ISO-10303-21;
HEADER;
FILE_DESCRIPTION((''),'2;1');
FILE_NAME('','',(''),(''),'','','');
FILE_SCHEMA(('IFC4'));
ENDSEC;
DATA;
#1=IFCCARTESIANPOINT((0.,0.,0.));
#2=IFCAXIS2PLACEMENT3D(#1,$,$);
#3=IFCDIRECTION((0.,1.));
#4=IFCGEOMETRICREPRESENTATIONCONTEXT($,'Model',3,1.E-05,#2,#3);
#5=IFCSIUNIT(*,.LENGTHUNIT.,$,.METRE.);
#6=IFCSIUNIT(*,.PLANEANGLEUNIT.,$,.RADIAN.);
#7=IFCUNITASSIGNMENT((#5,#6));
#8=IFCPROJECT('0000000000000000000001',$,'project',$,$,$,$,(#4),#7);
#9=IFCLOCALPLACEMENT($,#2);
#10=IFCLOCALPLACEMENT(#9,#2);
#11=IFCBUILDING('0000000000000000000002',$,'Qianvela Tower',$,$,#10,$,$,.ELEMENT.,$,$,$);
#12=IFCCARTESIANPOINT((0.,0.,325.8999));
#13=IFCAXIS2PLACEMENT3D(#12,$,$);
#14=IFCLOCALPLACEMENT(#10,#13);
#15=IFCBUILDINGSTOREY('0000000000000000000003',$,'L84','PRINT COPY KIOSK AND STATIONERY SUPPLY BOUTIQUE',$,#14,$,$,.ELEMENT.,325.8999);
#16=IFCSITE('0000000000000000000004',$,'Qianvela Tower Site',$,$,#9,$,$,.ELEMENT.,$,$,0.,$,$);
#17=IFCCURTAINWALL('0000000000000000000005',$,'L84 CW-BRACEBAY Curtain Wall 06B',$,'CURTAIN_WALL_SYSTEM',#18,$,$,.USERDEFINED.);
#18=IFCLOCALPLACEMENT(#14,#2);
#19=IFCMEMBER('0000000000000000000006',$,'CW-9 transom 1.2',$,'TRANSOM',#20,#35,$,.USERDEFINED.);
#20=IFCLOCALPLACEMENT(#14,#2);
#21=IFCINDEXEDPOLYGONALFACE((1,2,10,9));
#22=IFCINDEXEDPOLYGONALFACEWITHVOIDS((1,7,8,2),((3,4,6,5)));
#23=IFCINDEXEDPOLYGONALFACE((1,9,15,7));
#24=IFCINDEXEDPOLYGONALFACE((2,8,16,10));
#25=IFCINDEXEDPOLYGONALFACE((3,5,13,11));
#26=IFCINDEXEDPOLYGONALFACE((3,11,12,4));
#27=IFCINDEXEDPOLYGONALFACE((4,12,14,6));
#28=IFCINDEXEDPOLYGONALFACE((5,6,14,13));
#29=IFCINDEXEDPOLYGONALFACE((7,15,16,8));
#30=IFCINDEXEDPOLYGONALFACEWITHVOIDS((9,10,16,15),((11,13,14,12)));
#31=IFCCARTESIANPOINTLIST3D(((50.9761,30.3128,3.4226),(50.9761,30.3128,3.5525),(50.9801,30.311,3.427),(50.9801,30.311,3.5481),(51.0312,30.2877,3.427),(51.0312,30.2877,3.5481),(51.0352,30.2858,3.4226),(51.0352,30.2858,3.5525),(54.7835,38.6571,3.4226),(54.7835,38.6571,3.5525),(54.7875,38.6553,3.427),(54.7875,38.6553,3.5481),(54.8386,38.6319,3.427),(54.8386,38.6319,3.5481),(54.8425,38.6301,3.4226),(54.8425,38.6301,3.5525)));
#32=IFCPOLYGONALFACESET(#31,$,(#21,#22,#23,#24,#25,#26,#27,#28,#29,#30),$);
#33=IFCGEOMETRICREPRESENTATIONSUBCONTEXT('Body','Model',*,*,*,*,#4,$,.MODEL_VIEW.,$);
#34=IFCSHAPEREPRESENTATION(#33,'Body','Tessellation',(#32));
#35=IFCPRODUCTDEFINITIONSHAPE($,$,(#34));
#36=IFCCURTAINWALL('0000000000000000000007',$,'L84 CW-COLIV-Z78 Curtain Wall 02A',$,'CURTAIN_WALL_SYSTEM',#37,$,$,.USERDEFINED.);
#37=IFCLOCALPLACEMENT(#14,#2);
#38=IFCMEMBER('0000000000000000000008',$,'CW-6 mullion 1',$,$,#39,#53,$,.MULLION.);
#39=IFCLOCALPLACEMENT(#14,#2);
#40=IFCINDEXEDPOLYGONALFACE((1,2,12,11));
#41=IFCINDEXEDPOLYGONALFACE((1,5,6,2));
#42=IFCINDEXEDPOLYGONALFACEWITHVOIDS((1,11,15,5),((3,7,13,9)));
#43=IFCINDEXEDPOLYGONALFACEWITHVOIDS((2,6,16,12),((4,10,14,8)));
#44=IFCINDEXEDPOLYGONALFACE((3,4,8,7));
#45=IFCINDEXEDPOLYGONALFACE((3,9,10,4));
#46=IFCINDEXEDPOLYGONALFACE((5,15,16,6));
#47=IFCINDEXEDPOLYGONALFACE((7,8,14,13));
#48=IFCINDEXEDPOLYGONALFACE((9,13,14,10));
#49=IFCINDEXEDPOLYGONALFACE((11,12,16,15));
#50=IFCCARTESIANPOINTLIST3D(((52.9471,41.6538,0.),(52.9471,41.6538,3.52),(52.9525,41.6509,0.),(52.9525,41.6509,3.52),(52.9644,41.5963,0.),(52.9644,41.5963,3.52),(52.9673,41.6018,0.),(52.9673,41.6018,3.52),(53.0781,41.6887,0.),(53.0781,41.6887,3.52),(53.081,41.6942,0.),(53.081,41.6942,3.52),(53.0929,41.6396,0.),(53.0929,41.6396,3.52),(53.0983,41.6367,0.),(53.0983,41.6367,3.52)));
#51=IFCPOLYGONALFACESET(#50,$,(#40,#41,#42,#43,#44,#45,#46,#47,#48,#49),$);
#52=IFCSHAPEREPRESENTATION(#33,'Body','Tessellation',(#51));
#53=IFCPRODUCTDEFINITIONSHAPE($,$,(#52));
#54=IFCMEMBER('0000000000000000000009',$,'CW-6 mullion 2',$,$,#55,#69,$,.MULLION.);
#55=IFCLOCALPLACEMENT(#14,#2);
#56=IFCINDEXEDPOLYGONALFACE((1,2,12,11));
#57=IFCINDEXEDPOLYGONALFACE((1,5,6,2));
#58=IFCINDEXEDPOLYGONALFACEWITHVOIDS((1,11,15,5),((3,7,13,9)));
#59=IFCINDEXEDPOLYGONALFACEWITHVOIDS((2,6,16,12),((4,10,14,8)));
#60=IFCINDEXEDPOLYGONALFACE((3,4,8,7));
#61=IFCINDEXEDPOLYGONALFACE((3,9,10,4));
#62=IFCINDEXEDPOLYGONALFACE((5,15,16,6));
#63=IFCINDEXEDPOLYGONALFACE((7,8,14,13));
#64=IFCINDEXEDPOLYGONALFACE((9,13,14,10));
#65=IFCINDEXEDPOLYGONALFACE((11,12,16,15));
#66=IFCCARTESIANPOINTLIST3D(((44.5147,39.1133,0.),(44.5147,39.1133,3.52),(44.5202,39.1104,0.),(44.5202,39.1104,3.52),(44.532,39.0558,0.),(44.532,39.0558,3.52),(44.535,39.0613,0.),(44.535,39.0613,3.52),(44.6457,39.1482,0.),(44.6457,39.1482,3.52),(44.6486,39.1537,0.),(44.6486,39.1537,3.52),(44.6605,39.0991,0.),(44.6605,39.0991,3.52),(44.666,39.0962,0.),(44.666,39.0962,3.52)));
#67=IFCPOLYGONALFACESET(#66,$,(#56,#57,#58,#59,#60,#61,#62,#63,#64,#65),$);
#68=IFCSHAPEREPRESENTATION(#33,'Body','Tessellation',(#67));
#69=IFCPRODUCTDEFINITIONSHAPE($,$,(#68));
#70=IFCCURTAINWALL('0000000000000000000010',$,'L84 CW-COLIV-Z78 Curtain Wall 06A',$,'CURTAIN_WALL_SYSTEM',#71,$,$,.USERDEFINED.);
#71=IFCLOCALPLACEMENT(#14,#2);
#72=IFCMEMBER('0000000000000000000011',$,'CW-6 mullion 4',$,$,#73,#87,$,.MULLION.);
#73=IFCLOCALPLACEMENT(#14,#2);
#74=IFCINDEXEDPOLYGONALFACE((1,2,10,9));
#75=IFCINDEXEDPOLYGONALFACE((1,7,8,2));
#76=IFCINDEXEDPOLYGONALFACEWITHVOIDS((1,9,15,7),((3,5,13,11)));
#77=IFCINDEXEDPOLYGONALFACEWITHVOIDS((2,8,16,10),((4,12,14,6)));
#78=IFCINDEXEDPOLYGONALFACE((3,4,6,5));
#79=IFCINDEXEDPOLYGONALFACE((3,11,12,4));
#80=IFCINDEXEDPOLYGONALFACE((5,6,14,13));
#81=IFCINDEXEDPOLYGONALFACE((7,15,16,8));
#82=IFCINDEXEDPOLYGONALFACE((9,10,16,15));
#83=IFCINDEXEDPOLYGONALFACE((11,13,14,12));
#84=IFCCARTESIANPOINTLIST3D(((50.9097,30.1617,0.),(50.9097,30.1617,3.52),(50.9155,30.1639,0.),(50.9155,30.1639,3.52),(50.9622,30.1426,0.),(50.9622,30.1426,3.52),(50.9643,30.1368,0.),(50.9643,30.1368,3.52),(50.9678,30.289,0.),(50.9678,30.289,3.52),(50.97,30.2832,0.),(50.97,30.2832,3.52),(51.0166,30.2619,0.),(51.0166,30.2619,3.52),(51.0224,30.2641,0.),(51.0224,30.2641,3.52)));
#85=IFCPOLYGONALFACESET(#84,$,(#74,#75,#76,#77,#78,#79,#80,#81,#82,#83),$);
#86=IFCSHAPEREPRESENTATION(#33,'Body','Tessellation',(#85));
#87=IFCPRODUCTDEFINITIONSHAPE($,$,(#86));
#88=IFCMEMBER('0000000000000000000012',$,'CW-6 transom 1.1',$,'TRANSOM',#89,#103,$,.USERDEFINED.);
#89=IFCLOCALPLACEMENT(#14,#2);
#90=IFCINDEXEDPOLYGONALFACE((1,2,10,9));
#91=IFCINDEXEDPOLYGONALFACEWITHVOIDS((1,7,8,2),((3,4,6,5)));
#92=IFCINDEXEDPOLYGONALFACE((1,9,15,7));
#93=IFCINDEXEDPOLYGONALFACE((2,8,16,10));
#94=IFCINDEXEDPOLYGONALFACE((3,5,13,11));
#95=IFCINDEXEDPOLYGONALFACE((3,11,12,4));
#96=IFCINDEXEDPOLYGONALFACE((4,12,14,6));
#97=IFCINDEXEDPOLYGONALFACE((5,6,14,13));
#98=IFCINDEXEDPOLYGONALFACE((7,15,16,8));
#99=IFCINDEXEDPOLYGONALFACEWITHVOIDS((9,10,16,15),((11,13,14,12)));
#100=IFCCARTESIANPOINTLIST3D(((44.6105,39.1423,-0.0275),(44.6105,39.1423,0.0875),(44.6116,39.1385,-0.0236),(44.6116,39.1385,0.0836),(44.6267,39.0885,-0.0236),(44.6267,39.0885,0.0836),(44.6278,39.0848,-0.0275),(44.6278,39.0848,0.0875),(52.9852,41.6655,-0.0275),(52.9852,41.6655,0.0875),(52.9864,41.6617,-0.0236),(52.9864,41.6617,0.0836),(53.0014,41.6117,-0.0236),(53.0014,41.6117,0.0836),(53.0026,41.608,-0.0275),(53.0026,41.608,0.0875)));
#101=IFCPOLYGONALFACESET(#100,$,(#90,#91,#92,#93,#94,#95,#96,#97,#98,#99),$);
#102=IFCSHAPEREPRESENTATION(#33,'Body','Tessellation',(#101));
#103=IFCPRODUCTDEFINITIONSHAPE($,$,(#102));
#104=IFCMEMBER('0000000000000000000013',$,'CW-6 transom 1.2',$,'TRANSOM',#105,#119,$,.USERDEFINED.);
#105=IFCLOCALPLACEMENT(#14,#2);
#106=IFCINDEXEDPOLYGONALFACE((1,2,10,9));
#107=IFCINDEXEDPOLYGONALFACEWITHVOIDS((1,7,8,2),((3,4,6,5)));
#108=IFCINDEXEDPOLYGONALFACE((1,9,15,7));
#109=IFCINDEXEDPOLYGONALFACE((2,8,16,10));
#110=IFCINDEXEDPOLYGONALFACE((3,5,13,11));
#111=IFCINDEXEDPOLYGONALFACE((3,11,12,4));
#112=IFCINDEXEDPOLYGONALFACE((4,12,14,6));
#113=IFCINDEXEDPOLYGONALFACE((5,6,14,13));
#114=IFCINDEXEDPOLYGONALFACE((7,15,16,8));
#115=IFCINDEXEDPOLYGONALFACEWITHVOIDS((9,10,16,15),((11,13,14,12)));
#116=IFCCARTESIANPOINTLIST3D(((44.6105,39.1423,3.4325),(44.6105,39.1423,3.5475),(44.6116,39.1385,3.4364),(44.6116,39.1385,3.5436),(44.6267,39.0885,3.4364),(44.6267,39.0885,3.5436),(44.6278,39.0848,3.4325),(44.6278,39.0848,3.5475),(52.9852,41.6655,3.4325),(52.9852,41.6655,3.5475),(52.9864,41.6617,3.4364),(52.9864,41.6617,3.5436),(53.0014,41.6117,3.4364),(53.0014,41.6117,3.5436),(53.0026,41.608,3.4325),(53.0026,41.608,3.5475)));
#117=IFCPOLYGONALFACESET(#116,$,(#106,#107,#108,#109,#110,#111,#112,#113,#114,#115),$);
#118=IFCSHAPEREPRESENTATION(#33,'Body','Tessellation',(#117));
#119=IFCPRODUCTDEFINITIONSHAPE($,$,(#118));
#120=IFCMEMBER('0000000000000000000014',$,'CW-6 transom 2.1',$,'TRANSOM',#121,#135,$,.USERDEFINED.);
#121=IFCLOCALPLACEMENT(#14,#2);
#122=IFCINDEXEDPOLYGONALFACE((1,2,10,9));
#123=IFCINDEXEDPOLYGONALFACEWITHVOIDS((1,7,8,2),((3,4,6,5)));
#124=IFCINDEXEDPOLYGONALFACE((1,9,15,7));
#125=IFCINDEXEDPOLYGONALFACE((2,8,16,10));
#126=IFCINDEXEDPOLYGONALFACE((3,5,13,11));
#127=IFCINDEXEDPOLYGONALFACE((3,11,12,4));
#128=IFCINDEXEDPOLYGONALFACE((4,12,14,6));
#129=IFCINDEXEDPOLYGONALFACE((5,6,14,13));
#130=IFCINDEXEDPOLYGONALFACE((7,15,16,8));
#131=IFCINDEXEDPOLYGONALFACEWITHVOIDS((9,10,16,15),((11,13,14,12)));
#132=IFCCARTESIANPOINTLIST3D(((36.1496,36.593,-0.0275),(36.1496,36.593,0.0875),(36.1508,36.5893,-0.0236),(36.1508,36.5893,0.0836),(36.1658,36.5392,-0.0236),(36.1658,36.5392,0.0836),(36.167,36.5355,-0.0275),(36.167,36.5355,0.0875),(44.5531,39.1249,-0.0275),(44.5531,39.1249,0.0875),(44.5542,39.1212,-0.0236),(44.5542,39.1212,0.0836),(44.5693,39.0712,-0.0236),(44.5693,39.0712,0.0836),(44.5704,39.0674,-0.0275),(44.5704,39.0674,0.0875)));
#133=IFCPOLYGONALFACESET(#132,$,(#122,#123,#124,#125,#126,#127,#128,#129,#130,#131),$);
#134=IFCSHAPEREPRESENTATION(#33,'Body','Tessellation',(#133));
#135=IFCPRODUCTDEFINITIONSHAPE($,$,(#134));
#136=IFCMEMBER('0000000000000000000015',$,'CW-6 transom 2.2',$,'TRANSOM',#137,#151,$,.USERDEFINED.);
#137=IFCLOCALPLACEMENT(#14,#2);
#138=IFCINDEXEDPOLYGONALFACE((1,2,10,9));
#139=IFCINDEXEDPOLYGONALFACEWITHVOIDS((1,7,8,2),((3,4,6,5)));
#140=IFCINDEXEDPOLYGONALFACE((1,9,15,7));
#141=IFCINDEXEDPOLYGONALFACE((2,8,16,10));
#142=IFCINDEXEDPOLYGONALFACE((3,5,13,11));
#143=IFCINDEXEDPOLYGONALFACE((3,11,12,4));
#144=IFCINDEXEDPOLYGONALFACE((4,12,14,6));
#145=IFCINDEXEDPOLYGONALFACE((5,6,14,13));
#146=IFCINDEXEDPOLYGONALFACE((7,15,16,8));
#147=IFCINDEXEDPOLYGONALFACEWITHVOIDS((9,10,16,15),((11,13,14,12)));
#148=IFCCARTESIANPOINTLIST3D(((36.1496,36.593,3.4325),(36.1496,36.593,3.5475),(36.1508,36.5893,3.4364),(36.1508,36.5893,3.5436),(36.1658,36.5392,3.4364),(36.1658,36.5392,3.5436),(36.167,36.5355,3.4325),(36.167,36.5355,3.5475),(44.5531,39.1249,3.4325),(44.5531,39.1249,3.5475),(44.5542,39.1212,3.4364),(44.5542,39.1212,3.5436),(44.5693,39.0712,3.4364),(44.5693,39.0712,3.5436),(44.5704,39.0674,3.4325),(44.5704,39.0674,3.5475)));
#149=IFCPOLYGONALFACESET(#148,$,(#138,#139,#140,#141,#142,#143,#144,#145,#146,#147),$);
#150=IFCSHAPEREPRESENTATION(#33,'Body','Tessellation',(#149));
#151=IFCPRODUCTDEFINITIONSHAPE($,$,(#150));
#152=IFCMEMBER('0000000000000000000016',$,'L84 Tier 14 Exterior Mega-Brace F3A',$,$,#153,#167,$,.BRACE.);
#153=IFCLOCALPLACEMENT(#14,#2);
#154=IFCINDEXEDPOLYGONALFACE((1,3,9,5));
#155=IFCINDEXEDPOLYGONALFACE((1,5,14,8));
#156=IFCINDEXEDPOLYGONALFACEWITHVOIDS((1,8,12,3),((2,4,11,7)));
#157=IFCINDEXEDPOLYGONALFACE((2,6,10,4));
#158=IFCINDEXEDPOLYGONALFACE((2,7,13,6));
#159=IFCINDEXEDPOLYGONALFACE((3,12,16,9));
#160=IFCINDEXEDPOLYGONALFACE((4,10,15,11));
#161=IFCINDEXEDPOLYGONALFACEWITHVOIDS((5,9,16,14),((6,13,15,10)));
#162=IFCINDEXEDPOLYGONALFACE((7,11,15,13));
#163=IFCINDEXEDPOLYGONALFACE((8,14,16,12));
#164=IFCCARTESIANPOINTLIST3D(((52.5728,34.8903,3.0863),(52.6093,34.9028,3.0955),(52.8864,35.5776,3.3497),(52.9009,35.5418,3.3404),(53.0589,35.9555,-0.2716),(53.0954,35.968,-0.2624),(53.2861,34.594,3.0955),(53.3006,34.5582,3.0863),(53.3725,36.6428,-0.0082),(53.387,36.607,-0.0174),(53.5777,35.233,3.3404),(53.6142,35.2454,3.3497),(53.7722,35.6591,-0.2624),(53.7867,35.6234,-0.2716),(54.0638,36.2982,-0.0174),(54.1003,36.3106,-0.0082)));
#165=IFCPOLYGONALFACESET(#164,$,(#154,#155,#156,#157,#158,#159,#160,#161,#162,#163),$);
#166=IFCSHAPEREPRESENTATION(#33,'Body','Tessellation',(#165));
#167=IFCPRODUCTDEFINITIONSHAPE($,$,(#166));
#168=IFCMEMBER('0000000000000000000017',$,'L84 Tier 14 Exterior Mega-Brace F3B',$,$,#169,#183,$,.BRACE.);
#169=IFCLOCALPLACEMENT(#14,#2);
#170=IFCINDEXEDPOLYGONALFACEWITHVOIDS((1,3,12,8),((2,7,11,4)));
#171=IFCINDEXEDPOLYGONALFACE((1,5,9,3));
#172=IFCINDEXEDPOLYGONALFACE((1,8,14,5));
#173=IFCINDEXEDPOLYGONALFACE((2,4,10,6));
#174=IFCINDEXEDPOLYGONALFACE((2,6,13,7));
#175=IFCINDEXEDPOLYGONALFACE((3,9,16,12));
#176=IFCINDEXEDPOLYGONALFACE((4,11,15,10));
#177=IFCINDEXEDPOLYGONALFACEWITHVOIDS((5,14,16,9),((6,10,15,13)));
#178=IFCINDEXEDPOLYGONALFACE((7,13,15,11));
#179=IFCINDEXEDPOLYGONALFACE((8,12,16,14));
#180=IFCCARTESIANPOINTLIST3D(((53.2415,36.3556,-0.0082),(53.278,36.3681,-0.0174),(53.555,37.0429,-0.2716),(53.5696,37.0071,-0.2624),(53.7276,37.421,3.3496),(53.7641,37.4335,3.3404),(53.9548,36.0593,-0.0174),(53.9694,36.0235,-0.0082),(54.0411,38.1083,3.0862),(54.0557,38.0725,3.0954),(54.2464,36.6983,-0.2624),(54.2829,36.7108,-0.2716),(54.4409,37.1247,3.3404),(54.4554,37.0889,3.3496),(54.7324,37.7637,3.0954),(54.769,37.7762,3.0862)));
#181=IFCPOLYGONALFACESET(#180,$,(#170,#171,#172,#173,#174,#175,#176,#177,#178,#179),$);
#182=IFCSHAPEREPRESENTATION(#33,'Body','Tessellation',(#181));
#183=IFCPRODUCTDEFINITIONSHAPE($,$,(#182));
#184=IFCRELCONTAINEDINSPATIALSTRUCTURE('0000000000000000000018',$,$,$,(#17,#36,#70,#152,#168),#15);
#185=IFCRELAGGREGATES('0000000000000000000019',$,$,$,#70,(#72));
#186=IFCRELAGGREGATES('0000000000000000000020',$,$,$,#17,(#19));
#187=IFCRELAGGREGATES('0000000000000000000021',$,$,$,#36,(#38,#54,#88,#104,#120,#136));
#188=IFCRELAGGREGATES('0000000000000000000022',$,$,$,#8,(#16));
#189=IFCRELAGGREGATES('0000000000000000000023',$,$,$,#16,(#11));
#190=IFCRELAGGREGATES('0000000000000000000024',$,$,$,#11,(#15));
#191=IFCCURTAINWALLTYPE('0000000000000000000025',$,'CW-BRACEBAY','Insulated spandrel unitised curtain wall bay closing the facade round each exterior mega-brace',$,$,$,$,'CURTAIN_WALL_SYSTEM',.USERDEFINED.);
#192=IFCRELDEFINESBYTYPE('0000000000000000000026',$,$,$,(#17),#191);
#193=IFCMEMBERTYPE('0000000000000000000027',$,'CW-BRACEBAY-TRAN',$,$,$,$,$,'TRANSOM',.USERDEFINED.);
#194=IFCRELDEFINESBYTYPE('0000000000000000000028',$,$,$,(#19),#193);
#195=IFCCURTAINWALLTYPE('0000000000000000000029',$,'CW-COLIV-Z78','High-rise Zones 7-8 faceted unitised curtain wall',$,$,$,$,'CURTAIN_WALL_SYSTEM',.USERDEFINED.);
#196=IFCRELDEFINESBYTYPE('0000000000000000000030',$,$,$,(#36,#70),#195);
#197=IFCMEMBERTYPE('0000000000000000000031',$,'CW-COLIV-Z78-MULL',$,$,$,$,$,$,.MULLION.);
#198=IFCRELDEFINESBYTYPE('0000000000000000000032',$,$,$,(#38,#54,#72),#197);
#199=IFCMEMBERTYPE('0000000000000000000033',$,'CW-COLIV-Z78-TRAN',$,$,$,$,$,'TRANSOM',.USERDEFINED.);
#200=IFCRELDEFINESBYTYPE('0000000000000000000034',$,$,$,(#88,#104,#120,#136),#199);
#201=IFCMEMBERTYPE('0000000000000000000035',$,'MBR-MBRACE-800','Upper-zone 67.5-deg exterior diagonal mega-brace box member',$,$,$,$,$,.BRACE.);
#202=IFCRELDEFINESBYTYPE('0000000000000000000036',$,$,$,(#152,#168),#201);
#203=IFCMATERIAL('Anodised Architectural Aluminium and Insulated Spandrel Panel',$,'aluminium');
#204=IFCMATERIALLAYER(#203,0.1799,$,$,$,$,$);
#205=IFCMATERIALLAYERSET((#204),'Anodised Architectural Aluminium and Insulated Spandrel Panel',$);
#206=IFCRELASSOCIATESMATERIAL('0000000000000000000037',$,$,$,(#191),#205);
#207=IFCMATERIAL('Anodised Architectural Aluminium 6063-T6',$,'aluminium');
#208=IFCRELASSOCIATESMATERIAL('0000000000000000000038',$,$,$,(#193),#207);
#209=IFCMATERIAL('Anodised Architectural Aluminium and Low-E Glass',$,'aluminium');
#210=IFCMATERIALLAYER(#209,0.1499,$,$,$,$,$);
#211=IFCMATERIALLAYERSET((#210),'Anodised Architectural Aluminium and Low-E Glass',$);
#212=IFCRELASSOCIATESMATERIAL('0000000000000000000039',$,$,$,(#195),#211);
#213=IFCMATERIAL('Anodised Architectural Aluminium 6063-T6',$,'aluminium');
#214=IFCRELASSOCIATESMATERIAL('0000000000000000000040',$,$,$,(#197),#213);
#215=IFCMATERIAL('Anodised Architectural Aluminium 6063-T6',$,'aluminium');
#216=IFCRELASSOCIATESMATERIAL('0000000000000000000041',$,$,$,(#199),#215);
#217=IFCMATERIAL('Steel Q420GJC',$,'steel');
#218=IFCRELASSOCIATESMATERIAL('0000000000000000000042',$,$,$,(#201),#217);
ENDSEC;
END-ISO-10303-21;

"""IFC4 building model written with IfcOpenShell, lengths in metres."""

from ifc_helpers import new_model, si_unit, direction, frame, origin, origin_2d, place, context, subcontext, project, spatial, hollow_rectangle, extrude, material, layer, layer_set, material_profile, profile_set, type_object, element, aggregate, save


model = new_model("IFC4")

# Units and contexts
model_context = context("Model", 3, precision=1e-05, world=origin(), true_north=direction((0.0, 1.0)))
body_context = subcontext(model_context, "Body", "Model", "MODEL_VIEW")
ifc_project = project(units=[si_unit("LENGTHUNIT", "METRE"), si_unit("PLANEANGLEUNIT", "RADIAN")], contexts=[model_context])

# Site, building, storey
site_placement = place(None, origin())
site = spatial("IfcSite", under=ifc_project, at=site_placement, Name="Qianvela Tower Site", CompositionType="ELEMENT", RefElevation=0.0)
building_placement = place(site_placement, origin())
building = spatial("IfcBuilding", under=site, at=building_placement, Name="Qianvela Tower", CompositionType="ELEMENT")
storey_placement = place(building_placement, frame((0.0, 0.0, 325.8999)))
storey = spatial("IfcBuildingStorey", under=building, at=storey_placement, Name="L84", Description="PRINT COPY KIOSK AND STATIONERY SUPPLY BOUTIQUE", CompositionType="ELEMENT", Elevation=325.8999)

# Curtain walls, members
ifc_material_1 = material(Name="Anodised Architectural Aluminium and Insulated Spandrel Panel", Category="aluminium")
ifc_layer_1 = layer(ifc_material_1, 0.1799)
ifc_layer_set_1 = layer_set([ifc_layer_1], Name="Anodised Architectural Aluminium and Insulated Spandrel Panel")
curtain_wall_type_1 = type_object("IfcCurtainWallType", Name="CW-BRACEBAY", Description="Insulated spandrel unitised curtain wall bay closing the facade round each exterior mega-brace", ElementType="CURTAIN_WALL_SYSTEM", PredefinedType="USERDEFINED", material=ifc_layer_set_1)
curtain_wall_1_placement = place(storey_placement, origin())
curtain_wall_1 = element("IfcCurtainWall", 1, at=curtain_wall_1_placement, inside=storey, type_object=curtain_wall_type_1, Name="L84 CW-BRACEBAY Curtain Wall 06B", ObjectType="CURTAIN_WALL_SYSTEM", PredefinedType="USERDEFINED")
ifc_material_2 = material(Name="Anodised Architectural Aluminium 6063-T6", Category="aluminium")
ifc_material_profile_1 = material_profile(ifc_material_2, hollow_rectangle(XDim=0.0649, YDim=0.1299, WallThickness=0.0044, at=origin_2d()), Name="ALU-TRAN-65x130")
ifc_profile_set_1 = profile_set([ifc_material_profile_1], Name="Anodised Architectural Aluminium 6063-T6")
member_type_1 = type_object("IfcMemberType", Name="CW-BRACEBAY-TRAN", ElementType="TRANSOM", PredefinedType="USERDEFINED", material=ifc_profile_set_1)
member_1_placement = place(storey_placement, frame((51.0056, 30.2993, 3.4875), z_axis=(0.415116, 0.909768, 0.0), x_axis=(-0.909768, 0.415116, 0.0)))
member_1 = element("IfcMember", 2, at=member_1_placement, type_object=member_type_1, Name="CW-9 transom 1.2", ObjectType="TRANSOM", PredefinedType="USERDEFINED", context=body_context, shape_type="SweptSolid", body=[
    extrude(hollow_rectangle(XDim=0.0649, YDim=0.1299, WallThickness=0.0044, at=origin_2d()), origin(), (0.0, 0.0, 1.0), 9.1719),
])
ifc_material_3 = material(Name="Anodised Architectural Aluminium and Low-E Glass", Category="aluminium")
ifc_layer_2 = layer(ifc_material_3, 0.1499)
ifc_layer_set_2 = layer_set([ifc_layer_2], Name="Anodised Architectural Aluminium and Low-E Glass")
curtain_wall_type_2 = type_object("IfcCurtainWallType", Name="CW-COLIV-Z78", Description="High-rise Zones 7-8 faceted unitised curtain wall", ElementType="CURTAIN_WALL_SYSTEM", PredefinedType="USERDEFINED", material=ifc_layer_set_2)
curtain_wall_2_placement = place(storey_placement, origin())
curtain_wall_2 = element("IfcCurtainWall", 3, at=curtain_wall_2_placement, inside=storey, type_object=curtain_wall_type_2, Name="L84 CW-COLIV-Z78 Curtain Wall 02A", ObjectType="CURTAIN_WALL_SYSTEM", PredefinedType="USERDEFINED")
ifc_material_4 = material(Name="Anodised Architectural Aluminium 6063-T6", Category="aluminium")
ifc_material_profile_2 = material_profile(ifc_material_4, hollow_rectangle(XDim=0.0601, YDim=0.1399, WallThickness=0.0044, at=origin_2d()), Name="ALU-MULL-60x140")
ifc_profile_set_2 = profile_set([ifc_material_profile_2], Name="Anodised Architectural Aluminium 6063-T6")
member_type_2 = type_object("IfcMemberType", Name="CW-COLIV-Z78-MULL", PredefinedType="MULLION", material=ifc_profile_set_2)
member_2_placement = place(storey_placement, frame((53.0227, 41.6453, 0.0), z_axis=(0.0, 0.0, 1.0), x_axis=(0.28848, -0.957486, 0.0)))
member_2 = element("IfcMember", 4, at=member_2_placement, type_object=member_type_2, Name="CW-6 mullion 1", PredefinedType="MULLION", context=body_context, shape_type="SweptSolid", body=[
    extrude(hollow_rectangle(XDim=0.0601, YDim=0.1399, WallThickness=0.0044, at=origin_2d()), origin(), (0.0, 0.0, 1.0), 3.52),
])
member_3_placement = place(storey_placement, frame((44.5903, 39.1047, 0.0), z_axis=(0.0, 0.0, 1.0), x_axis=(0.28848, -0.957486, 0.0)))
member_3 = element("IfcMember", 5, at=member_3_placement, type_object=member_type_2, Name="CW-6 mullion 2", PredefinedType="MULLION", context=body_context, shape_type="SweptSolid", body=[
    extrude(hollow_rectangle(XDim=0.0601, YDim=0.1399, WallThickness=0.0044, at=origin_2d()), origin(), (0.0, 0.0, 1.0), 3.52),
])

# Curtain wall, member
curtain_wall_3_placement = place(storey_placement, origin())
curtain_wall_3 = element("IfcCurtainWall", 6, at=curtain_wall_3_placement, inside=storey, type_object=curtain_wall_type_2, Name="L84 CW-COLIV-Z78 Curtain Wall 06A", ObjectType="CURTAIN_WALL_SYSTEM", PredefinedType="USERDEFINED")
member_4_placement = place(storey_placement, frame((50.9661, 30.2129, 0.0), z_axis=(0.0, 0.0, 1.0), x_axis=(-0.909766, 0.41512, 0.0)))
member_4 = element("IfcMember", 7, at=member_4_placement, type_object=member_type_2, Name="CW-6 mullion 4", PredefinedType="MULLION", context=body_context, shape_type="SweptSolid", body=[
    extrude(hollow_rectangle(XDim=0.0601, YDim=0.1399, WallThickness=0.0044, at=origin_2d()), origin(), (0.0, 0.0, 1.0), 3.52),
])
aggregate(curtain_wall_3, [member_4])

# Members
ifc_material_5 = material(Name="Anodised Architectural Aluminium 6063-T6", Category="aluminium")
ifc_material_profile_3 = material_profile(ifc_material_5, hollow_rectangle(XDim=0.0601, YDim=0.115, WallThickness=0.0039, at=origin_2d()), Name="ALU-TRAN-60x115")
ifc_profile_set_3 = profile_set([ifc_material_profile_3], Name="Anodised Architectural Aluminium 6063-T6")
member_type_3 = type_object("IfcMemberType", Name="CW-COLIV-Z78-TRAN", ElementType="TRANSOM", PredefinedType="USERDEFINED", material=ifc_profile_set_3)
member_5_placement = place(storey_placement, frame((52.9939, 41.6367, 0.03), z_axis=(-0.957487, -0.288477, 0.0), x_axis=(0.288477, -0.957487, 0.0)))
member_5 = element("IfcMember", 8, at=member_5_placement, type_object=member_type_3, Name="CW-6 transom 1.1", ObjectType="TRANSOM", PredefinedType="USERDEFINED", context=body_context, shape_type="SweptSolid", body=[
    extrude(hollow_rectangle(XDim=0.0601, YDim=0.115, WallThickness=0.0039, at=origin_2d()), origin(), (0.0, 0.0, 1.0), 8.7466),
])
member_6_placement = place(storey_placement, frame((52.9939, 41.6367, 3.49), z_axis=(-0.957487, -0.288477, 0.0), x_axis=(0.288477, -0.957487, 0.0)))
member_6 = element("IfcMember", 9, at=member_6_placement, type_object=member_type_3, Name="CW-6 transom 1.2", ObjectType="TRANSOM", PredefinedType="USERDEFINED", context=body_context, shape_type="SweptSolid", body=[
    extrude(hollow_rectangle(XDim=0.0601, YDim=0.115, WallThickness=0.0039, at=origin_2d()), origin(), (0.0, 0.0, 1.0), 8.7466),
])
member_7_placement = place(storey_placement, frame((44.5618, 39.0962, 0.03), z_axis=(-0.957483, -0.288488, 0.0), x_axis=(0.288488, -0.957483, 0.0)))
member_7 = element("IfcMember", 10, at=member_7_placement, type_object=member_type_3, Name="CW-6 transom 2.1", ObjectType="TRANSOM", PredefinedType="USERDEFINED", context=body_context, shape_type="SweptSolid", body=[
    extrude(hollow_rectangle(XDim=0.0601, YDim=0.115, WallThickness=0.0039, at=origin_2d()), origin(), (0.0, 0.0, 1.0), 8.7766),
])
member_8_placement = place(storey_placement, frame((44.5618, 39.0962, 3.49), z_axis=(-0.957483, -0.288488, 0.0), x_axis=(0.288488, -0.957483, 0.0)))
member_8 = element("IfcMember", 11, at=member_8_placement, type_object=member_type_3, Name="CW-6 transom 2.2", ObjectType="TRANSOM", PredefinedType="USERDEFINED", context=body_context, shape_type="SweptSolid", body=[
    extrude(hollow_rectangle(XDim=0.0601, YDim=0.115, WallThickness=0.0039, at=origin_2d()), origin(), (0.0, 0.0, 1.0), 8.7766),
])

# Members
ifc_material_6 = material(Name="Steel Q420GJC", Category="steel")
ifc_material_profile_4 = material_profile(ifc_material_6, hollow_rectangle(XDim=0.8, YDim=0.8, WallThickness=0.0281, at=origin_2d()), Name="MBOX-800x800x28")
ifc_profile_set_4 = profile_set([ifc_material_profile_4], Name="Steel Q420GJC")
member_type_4 = type_object("IfcMemberType", Name="MBR-MBRACE-800", Description="Upper-zone 67.5-deg exterior diagonal mega-brace box member", PredefinedType="BRACE", material=ifc_profile_set_4)
for number, where, z_axis, x_axis, name in (
    (12, (53.5796, 36.1331, -0.1399), (-0.136687, -0.29953, 0.944245), (0.909751, -0.415154, 0.0), "L84 Tier 14 Exterior Mega-Brace F3A"),
    (13, (53.7622, 36.5332, -0.1399), (0.136684, 0.299593, 0.944225), (-0.909787, 0.415075, 0.0), "L84 Tier 14 Exterior Mega-Brace F3B"),
):
    element("IfcMember", number, at=place(storey_placement, frame(where, z_axis=z_axis, x_axis=x_axis)), inside=storey, type_object=member_type_4, Name=name, PredefinedType="BRACE", context=body_context, shape_type="SweptSolid", body=[
        extrude(hollow_rectangle(XDim=0.8, YDim=0.8, WallThickness=0.0281, at=origin_2d()), origin(), (0.0, 0.0, 1.0), 3.5562),
    ])

aggregate(curtain_wall_1, [member_1])
aggregate(curtain_wall_2, [member_2, member_3, member_5, member_6, member_7, member_8])

save(model, "model.ifc")
